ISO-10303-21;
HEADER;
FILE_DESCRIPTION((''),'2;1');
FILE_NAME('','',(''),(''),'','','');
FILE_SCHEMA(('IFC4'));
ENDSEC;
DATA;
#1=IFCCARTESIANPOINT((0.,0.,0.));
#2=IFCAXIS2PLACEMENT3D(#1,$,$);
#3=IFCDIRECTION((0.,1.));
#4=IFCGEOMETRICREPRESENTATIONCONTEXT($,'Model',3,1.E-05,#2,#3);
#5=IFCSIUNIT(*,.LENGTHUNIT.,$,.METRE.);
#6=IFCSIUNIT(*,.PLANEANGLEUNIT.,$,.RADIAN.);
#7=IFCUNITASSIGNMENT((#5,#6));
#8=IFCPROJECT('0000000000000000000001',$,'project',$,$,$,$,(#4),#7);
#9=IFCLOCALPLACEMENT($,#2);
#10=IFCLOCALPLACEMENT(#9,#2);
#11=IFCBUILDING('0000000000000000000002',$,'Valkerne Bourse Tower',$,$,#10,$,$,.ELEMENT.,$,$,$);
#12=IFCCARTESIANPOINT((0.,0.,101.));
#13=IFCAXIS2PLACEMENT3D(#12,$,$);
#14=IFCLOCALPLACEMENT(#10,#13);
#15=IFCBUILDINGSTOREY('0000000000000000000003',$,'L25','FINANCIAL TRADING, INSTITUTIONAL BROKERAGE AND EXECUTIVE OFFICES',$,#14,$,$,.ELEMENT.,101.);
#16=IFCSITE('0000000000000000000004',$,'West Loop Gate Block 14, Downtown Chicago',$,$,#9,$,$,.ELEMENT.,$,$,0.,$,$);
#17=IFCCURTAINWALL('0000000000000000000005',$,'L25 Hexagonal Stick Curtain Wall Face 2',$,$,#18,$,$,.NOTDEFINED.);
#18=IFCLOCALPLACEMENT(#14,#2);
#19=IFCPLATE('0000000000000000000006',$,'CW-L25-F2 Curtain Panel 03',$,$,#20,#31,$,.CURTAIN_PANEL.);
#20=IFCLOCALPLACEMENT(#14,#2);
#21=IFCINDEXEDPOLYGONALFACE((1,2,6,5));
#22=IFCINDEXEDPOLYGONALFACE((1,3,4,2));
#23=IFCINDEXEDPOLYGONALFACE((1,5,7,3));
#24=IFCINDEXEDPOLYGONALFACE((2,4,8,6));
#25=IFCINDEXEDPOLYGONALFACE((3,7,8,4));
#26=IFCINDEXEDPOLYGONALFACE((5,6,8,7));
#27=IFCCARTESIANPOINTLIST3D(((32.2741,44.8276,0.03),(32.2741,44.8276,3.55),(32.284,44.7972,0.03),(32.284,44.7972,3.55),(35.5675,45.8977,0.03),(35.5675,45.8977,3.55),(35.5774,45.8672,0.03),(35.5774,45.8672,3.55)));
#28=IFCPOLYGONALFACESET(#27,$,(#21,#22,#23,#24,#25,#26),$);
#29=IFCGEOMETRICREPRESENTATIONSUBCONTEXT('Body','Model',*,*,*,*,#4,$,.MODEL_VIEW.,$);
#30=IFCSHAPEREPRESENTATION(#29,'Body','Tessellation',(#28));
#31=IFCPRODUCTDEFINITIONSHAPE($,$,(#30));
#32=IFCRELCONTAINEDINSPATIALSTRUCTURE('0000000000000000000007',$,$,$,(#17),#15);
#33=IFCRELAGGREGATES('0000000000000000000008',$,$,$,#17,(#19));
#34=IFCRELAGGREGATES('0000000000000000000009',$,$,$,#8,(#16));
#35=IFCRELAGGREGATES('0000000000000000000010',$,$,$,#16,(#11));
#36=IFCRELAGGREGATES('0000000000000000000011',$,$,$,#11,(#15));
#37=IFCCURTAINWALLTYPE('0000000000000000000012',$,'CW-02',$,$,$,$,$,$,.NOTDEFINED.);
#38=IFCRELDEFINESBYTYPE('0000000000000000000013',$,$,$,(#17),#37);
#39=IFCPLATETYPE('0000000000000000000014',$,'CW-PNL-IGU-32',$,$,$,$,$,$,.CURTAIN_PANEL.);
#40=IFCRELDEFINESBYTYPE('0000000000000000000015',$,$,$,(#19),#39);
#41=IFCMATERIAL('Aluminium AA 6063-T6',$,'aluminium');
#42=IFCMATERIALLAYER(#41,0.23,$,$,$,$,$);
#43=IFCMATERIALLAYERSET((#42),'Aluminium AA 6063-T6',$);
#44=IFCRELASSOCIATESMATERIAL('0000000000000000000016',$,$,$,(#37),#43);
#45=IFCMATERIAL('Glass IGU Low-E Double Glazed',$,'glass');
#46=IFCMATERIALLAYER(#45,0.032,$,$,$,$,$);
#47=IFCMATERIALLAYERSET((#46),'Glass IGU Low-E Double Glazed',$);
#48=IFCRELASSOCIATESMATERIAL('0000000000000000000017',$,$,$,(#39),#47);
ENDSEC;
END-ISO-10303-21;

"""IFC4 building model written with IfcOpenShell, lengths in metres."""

from ifc_helpers import new_model, si_unit, direction, frame, origin, origin_2d, place, context, subcontext, project, spatial, rectangle, extrude, material, layer, layer_set, type_object, element, aggregate, save


model = new_model("IFC4")

# Units and contexts
model_context = context("Model", 3, precision=1e-05, world=origin(), true_north=direction((0.0, 1.0)))
body_context = subcontext(model_context, "Body", "Model", "MODEL_VIEW")
ifc_project = project(units=[si_unit("LENGTHUNIT", "METRE"), si_unit("PLANEANGLEUNIT", "RADIAN")], contexts=[model_context])

# Site, building, storey
site_placement = place(None, origin())
site = spatial("IfcSite", under=ifc_project, at=site_placement, Name="West Loop Gate Block 14, Downtown Chicago", CompositionType="ELEMENT", RefElevation=0.0)
building_placement = place(site_placement, origin())
building = spatial("IfcBuilding", under=site, at=building_placement, Name="Valkerne Bourse Tower", CompositionType="ELEMENT")
storey_placement = place(building_placement, frame((0.0, 0.0, 101.0)))
storey = spatial("IfcBuildingStorey", under=building, at=storey_placement, Name="L25", Description="FINANCIAL TRADING, INSTITUTIONAL BROKERAGE AND EXECUTIVE OFFICES", CompositionType="ELEMENT", Elevation=101.0)

# Curtain wall
ifc_material_1 = material(Name="Aluminium AA 6063-T6", Category="aluminium")
ifc_layer_1 = layer(ifc_material_1, 0.23)
ifc_layer_set_1 = layer_set([ifc_layer_1], Name="Aluminium AA 6063-T6")
curtain_wall_type = type_object("IfcCurtainWallType", Name="CW-02", PredefinedType="NOTDEFINED", material=ifc_layer_set_1)
curtain_wall_1_placement = place(storey_placement, origin())
curtain_wall_1 = element("IfcCurtainWall", 1, at=curtain_wall_1_placement, inside=storey, type_object=curtain_wall_type, Name="L25 Hexagonal Stick Curtain Wall Face 2", PredefinedType="NOTDEFINED")

# Plate
ifc_material_2 = material(Name="Glass IGU Low-E Double Glazed", Category="glass")
ifc_layer_2 = layer(ifc_material_2, 0.032)
ifc_layer_set_2 = layer_set([ifc_layer_2], Name="Glass IGU Low-E Double Glazed")
plate_type = type_object("IfcPlateType", Name="CW-PNL-IGU-32", PredefinedType="CURTAIN_PANEL", material=ifc_layer_set_2)
plate_1_placement = place(storey_placement, frame((33.9258, 45.3474, 0.03), z_axis=(0.0, 0.0, 1.0), x_axis=(-0.951058, -0.309011, 0.0)))
plate_1 = element("IfcPlate", 2, at=plate_1_placement, type_object=plate_type, Name="CW-L25-F2 Curtain Panel 03", PredefinedType="CURTAIN_PANEL", context=body_context, shape_type="SweptSolid", body=[
    extrude(rectangle(XDim=3.4629, YDim=0.032, at=origin_2d()), origin(), (0.0, 0.0, 1.0), 3.52),
])
aggregate(curtain_wall_1, [plate_1])

save(model, "model.ifc")
